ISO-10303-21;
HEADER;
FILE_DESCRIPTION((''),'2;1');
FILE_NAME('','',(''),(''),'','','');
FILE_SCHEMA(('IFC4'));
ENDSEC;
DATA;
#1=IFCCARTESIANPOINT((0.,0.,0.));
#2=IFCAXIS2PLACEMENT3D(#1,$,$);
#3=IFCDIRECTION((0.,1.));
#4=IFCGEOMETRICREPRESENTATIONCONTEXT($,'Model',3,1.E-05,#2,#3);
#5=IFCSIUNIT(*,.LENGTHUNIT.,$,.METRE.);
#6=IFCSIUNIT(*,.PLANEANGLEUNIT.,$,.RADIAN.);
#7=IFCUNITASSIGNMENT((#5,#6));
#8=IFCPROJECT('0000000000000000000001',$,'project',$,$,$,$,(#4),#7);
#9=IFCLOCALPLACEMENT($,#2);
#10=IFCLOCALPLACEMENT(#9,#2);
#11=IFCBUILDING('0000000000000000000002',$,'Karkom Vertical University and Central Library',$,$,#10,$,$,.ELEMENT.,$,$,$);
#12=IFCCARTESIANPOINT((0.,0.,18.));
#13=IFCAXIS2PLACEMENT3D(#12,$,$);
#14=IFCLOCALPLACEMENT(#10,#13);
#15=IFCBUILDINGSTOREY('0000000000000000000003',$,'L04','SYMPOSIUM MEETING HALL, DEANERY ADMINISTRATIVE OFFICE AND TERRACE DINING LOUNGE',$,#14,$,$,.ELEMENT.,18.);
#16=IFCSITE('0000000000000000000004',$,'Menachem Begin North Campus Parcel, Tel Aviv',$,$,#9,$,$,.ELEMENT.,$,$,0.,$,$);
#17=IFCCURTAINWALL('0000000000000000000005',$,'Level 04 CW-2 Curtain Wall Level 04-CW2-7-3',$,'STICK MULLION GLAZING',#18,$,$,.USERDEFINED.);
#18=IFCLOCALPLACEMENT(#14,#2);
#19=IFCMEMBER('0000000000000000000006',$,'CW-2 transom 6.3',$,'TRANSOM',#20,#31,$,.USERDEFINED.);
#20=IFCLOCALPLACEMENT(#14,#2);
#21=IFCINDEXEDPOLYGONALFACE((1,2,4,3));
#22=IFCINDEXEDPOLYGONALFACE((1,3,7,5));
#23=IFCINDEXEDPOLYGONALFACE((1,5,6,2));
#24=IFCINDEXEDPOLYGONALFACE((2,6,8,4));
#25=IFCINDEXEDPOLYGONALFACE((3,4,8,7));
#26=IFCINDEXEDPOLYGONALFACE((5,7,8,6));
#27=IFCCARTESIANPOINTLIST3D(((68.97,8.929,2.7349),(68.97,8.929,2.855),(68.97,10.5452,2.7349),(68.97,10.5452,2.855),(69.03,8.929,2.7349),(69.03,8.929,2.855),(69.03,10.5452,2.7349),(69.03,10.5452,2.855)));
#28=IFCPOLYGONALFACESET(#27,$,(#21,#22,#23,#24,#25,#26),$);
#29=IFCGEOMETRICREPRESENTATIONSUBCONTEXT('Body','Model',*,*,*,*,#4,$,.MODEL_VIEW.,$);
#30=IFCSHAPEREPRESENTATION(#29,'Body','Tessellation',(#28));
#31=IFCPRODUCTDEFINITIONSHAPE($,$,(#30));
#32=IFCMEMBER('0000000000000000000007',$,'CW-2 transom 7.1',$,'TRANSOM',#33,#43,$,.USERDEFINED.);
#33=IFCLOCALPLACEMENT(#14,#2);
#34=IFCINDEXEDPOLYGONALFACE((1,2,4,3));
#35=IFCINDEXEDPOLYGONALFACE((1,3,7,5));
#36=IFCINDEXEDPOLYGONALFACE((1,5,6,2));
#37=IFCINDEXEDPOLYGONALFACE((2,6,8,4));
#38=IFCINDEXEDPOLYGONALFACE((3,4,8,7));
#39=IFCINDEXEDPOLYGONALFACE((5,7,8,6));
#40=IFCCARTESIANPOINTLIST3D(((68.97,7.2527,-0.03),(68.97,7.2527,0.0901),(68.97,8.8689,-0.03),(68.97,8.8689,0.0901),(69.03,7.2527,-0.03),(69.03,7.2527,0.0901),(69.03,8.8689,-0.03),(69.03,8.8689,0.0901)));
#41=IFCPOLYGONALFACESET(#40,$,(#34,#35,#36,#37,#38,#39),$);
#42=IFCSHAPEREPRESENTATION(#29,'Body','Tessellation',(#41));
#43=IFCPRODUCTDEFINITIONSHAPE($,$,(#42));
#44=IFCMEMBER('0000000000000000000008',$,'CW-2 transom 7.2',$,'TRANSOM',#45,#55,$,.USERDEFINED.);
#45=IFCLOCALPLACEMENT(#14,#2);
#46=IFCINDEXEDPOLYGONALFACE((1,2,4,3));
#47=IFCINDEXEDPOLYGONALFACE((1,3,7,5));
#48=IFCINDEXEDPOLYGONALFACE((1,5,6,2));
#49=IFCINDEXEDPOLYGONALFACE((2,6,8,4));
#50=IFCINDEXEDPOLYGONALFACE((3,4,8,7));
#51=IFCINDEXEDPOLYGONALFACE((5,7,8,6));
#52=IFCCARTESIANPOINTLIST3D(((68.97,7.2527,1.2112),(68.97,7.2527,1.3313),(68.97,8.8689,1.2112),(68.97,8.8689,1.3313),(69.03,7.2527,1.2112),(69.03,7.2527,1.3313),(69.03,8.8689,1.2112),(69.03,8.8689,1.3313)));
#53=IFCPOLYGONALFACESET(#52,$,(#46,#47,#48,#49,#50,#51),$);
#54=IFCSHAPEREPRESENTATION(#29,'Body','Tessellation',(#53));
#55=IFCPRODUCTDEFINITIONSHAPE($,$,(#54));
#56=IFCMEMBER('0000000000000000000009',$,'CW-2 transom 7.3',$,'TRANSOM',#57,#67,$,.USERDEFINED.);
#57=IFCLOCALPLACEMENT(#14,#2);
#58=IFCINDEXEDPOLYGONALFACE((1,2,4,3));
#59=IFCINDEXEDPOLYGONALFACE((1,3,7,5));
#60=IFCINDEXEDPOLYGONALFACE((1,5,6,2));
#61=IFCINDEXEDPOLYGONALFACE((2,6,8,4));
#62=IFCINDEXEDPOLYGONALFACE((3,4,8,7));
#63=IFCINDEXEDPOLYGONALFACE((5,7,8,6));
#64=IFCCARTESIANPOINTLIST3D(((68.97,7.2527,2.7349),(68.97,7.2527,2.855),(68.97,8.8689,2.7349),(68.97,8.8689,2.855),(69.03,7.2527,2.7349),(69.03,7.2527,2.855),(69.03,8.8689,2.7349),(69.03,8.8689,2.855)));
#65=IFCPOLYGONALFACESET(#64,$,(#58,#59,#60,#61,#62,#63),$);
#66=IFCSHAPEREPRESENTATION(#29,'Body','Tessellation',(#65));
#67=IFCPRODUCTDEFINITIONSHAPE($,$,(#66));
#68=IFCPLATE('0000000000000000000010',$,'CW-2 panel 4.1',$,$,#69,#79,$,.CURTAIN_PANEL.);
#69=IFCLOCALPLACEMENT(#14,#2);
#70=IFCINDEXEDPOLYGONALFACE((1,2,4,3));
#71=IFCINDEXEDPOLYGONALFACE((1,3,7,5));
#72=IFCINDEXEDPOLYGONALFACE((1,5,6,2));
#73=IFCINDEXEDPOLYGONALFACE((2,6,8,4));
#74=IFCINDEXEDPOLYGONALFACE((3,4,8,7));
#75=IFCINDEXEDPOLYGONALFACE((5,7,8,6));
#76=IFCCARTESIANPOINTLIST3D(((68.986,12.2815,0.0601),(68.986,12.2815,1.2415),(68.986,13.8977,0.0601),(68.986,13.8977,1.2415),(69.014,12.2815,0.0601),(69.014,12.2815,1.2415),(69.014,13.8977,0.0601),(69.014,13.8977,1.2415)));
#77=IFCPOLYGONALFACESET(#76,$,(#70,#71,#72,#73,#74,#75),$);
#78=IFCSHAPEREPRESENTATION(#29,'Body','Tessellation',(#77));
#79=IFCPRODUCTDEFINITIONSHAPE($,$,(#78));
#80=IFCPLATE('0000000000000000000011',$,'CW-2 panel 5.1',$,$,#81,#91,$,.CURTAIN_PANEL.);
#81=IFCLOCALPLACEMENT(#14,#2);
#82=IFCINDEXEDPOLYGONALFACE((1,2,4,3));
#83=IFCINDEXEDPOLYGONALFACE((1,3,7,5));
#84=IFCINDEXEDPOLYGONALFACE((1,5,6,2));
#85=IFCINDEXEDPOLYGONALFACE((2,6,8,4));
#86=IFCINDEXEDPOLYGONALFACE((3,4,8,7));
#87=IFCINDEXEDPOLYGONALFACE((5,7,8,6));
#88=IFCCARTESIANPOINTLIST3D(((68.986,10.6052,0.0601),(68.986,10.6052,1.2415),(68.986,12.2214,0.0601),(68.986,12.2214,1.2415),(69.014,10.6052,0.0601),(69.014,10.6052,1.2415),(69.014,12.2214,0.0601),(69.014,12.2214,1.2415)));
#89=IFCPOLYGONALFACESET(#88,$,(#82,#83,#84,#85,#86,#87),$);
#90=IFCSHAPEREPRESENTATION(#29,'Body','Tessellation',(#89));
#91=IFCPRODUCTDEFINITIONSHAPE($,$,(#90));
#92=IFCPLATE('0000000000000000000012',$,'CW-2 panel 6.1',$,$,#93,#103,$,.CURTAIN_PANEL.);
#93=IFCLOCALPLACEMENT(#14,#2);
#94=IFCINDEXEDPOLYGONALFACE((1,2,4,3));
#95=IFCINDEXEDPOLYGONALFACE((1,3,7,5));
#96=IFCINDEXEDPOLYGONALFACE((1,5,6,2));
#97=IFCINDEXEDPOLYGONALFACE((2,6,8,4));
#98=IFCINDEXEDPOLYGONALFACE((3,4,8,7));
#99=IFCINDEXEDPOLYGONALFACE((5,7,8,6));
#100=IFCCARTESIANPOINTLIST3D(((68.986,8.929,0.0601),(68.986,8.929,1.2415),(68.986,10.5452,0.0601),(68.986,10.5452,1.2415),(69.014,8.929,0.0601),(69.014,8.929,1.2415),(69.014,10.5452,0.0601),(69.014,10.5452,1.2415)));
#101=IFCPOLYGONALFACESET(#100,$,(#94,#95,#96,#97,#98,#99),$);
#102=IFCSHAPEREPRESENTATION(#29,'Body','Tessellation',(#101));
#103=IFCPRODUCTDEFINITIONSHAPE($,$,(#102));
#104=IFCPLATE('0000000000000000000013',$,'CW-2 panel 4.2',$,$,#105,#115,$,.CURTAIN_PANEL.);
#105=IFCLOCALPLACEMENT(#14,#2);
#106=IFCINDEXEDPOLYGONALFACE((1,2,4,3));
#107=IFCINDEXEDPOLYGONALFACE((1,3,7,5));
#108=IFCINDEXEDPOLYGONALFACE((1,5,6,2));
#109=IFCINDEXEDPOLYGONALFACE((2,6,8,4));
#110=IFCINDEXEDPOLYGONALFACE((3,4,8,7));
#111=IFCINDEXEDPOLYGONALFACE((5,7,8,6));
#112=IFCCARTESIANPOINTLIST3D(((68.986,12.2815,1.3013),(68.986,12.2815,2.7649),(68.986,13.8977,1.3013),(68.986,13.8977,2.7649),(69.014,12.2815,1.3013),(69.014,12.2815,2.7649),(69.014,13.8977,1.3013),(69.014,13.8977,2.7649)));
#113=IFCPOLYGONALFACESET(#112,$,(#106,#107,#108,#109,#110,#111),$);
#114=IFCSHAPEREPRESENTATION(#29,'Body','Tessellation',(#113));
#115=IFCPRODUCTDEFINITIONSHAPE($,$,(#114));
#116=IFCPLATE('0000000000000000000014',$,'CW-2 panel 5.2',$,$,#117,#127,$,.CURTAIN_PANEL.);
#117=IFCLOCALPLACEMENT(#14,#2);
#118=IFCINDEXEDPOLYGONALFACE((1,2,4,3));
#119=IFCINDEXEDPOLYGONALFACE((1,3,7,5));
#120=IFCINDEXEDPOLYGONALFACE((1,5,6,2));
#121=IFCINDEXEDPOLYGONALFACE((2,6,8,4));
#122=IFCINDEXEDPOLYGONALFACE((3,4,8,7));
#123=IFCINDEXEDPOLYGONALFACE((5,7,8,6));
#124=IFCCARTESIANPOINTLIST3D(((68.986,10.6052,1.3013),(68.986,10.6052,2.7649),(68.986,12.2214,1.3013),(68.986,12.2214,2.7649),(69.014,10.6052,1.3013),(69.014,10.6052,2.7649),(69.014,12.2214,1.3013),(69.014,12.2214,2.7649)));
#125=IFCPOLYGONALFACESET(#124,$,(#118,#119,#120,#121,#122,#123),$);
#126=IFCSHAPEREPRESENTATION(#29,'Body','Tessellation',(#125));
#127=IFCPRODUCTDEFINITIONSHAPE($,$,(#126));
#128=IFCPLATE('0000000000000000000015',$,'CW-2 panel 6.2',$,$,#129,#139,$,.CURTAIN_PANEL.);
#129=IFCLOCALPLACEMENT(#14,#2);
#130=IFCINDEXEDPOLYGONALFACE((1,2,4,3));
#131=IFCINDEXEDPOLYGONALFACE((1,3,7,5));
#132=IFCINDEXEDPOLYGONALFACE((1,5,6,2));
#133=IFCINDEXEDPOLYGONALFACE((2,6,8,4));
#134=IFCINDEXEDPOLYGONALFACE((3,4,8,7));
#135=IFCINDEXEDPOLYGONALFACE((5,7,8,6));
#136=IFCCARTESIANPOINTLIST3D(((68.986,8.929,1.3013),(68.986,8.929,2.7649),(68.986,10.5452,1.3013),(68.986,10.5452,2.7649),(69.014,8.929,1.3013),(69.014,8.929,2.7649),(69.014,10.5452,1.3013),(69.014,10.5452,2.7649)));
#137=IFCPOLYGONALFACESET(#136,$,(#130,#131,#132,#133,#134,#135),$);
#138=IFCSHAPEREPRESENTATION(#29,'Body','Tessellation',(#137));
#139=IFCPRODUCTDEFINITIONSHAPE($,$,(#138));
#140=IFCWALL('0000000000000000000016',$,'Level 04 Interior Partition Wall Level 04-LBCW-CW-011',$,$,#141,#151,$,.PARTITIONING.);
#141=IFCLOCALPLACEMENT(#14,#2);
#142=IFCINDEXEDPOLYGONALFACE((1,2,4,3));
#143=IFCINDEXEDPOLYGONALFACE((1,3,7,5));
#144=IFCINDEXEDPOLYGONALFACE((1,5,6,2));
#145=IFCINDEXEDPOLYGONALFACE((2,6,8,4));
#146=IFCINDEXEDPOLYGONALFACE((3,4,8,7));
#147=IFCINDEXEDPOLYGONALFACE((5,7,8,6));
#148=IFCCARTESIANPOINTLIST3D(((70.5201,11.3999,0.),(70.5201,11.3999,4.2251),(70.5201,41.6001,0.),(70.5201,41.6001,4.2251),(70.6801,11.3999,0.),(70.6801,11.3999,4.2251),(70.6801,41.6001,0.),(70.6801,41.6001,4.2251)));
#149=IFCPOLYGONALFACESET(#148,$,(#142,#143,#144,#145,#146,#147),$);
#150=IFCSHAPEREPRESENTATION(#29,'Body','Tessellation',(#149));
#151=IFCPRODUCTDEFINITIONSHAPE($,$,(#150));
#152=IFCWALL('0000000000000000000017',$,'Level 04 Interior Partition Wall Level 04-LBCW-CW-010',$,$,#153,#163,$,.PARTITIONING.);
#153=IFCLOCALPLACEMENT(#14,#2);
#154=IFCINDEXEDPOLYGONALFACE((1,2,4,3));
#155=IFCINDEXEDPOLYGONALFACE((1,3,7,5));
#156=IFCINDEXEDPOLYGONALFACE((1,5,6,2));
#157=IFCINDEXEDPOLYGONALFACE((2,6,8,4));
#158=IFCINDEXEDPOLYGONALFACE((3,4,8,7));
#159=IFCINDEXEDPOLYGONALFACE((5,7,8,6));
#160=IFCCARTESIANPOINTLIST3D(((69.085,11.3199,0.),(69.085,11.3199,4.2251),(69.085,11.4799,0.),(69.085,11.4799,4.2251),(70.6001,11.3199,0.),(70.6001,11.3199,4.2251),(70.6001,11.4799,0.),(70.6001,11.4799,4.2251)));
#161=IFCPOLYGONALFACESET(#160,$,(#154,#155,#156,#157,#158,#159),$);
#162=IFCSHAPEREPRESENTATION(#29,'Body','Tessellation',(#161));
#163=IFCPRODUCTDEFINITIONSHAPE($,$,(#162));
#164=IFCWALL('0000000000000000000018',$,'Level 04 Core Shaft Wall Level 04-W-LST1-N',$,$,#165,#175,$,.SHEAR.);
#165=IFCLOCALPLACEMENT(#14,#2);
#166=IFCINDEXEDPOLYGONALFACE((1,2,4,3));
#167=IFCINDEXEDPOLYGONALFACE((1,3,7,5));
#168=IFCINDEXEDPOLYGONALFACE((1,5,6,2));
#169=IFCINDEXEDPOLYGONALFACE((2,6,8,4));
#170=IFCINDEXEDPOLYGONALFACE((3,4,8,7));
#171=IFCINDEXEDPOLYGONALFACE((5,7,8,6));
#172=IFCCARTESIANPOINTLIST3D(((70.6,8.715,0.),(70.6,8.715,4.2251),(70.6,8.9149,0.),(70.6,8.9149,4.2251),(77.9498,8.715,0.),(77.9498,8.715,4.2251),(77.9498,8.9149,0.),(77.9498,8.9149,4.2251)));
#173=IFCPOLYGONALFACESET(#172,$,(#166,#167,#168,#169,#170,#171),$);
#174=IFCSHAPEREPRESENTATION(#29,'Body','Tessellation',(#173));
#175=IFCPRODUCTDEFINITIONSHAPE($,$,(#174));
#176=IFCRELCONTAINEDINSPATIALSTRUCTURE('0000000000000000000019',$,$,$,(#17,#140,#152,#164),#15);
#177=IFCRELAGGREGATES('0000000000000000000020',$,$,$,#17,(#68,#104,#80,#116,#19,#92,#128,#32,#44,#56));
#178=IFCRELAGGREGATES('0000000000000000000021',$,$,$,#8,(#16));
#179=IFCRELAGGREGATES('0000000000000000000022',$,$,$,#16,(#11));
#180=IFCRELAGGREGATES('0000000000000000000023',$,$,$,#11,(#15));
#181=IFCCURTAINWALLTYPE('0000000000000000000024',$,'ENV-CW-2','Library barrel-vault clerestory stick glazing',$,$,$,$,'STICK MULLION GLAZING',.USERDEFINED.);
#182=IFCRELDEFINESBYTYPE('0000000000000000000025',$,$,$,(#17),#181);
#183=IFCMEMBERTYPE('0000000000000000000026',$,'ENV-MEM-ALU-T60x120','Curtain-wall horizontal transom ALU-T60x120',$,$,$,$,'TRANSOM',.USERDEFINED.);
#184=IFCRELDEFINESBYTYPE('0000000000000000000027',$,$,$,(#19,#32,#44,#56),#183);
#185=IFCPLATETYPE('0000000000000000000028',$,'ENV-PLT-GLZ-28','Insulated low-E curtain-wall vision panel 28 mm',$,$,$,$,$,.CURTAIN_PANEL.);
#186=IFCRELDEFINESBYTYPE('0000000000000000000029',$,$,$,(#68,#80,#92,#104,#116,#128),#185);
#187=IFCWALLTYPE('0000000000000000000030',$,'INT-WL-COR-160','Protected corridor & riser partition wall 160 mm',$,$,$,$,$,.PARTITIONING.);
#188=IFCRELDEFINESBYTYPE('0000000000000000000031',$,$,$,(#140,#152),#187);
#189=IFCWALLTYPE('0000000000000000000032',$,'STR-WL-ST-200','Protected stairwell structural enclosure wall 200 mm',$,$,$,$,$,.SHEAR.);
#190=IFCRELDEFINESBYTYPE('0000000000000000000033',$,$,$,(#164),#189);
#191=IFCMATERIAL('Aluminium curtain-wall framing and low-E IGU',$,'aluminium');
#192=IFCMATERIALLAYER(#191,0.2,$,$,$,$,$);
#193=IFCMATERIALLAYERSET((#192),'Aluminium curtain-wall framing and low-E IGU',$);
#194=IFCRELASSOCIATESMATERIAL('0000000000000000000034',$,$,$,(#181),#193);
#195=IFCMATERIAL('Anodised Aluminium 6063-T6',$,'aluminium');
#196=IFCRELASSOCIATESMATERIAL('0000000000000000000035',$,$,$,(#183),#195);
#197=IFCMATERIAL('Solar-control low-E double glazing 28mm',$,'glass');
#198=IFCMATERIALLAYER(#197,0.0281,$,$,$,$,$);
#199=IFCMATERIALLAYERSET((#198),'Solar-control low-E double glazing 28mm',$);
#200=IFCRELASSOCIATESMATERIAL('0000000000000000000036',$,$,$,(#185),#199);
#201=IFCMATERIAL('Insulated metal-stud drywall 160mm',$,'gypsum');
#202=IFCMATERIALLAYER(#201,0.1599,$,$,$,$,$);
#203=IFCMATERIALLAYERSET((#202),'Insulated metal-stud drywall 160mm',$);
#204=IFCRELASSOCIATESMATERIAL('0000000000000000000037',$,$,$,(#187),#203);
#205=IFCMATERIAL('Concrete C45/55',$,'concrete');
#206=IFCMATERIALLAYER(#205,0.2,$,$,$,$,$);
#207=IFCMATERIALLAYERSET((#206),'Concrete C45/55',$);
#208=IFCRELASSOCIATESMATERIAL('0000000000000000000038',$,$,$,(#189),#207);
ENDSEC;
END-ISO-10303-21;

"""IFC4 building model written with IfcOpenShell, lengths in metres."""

from ifc_helpers import new_model, si_unit, direction, frame, frame_2d, origin, origin_with_axes, origin_2d, place, context, subcontext, project, spatial, rectangle, extrude, source, transform, mapped, material, layer, layer_set, material_profile, profile_set, type_object, element, aggregate, save


model = new_model("IFC4")

# Units and contexts
model_context = context("Model", 3, precision=1e-05, world=origin(), true_north=direction((0.0, 1.0)))
body_context = subcontext(model_context, "Body", "Model", "MODEL_VIEW")
ifc_project = project(units=[si_unit("LENGTHUNIT", "METRE"), si_unit("PLANEANGLEUNIT", "RADIAN")], contexts=[model_context])

# Site, building, storey
site_placement = place(None, origin())
site = spatial("IfcSite", under=ifc_project, at=site_placement, Name="Menachem Begin North Campus Parcel, Tel Aviv", CompositionType="ELEMENT", RefElevation=0.0)
building_placement = place(site_placement, origin())
building = spatial("IfcBuilding", under=site, at=building_placement, Name="Karkom Vertical University and Central Library", CompositionType="ELEMENT")
storey_placement = place(building_placement, frame((0.0, 0.0, 18.0)))
storey = spatial("IfcBuildingStorey", under=building, at=storey_placement, Name="L04", Description="SYMPOSIUM MEETING HALL, DEANERY ADMINISTRATIVE OFFICE AND TERRACE DINING LOUNGE", CompositionType="ELEMENT", Elevation=18.0)

# Curtain wall, members, plates
ifc_material_1 = material(Name="Aluminium curtain-wall framing and low-E IGU", Category="aluminium")
ifc_layer_1 = layer(ifc_material_1, 0.2)
ifc_layer_set_1 = layer_set([ifc_layer_1], Name="Aluminium curtain-wall framing and low-E IGU")
curtain_wall_type = type_object("IfcCurtainWallType", Name="ENV-CW-2", Description="Library barrel-vault clerestory stick glazing", ElementType="STICK MULLION GLAZING", PredefinedType="USERDEFINED", material=ifc_layer_set_1)
curtain_wall_placement = place(storey_placement, origin())
curtain_wall = element("IfcCurtainWall", 1, at=curtain_wall_placement, inside=storey, type_object=curtain_wall_type, Name="Level 04 CW-2 Curtain Wall Level 04-CW2-7-3", ObjectType="STICK MULLION GLAZING", PredefinedType="USERDEFINED")
ifc_material_2 = material(Name="Anodised Aluminium 6063-T6", Category="aluminium")
ifc_material_profile_1 = material_profile(ifc_material_2, rectangle(XDim=0.0601, YDim=0.1201, at=origin_2d()), Name="ALU-T60x120")
ifc_profile_set_1 = profile_set([ifc_material_profile_1], Name="Anodised Aluminium 6063-T6")
member_type_1 = type_object("IfcMemberType", Name="ENV-MEM-ALU-T60x120", Description="Curtain-wall horizontal transom ALU-T60x120", ElementType="TRANSOM", PredefinedType="USERDEFINED", material=ifc_profile_set_1)
shared_shape_1 = source(origin_with_axes(), body_context, "Body", "SweptSolid", [
    extrude(rectangle(XDim=0.0601, YDim=0.1201, at=origin_2d()), origin(), (0.0, 0.0, 1.0), 1.6162),
])
member_1_placement = place(storey_placement, frame((69.0, 10.5452, 2.7949), z_axis=(0.0, -1.0, 0.0), x_axis=(1.0, 0.0, 0.0)))
member_1 = element("IfcMember", 2, at=member_1_placement, type_object=member_type_1, Name="CW-2 transom 6.3", ObjectType="TRANSOM", PredefinedType="USERDEFINED", context=body_context, shape_type="MappedRepresentation", body=[
    mapped(shared_shape_1, transform((0.0, 0.0, 0.0), scale=1.0)),
])
member_2_placement = place(storey_placement, frame((69.0, 8.8689, 0.03), z_axis=(0.0, -1.0, 0.0), x_axis=(1.0, 0.0, 0.0)))
member_2 = element("IfcMember", 3, at=member_2_placement, type_object=member_type_1, Name="CW-2 transom 7.1", ObjectType="TRANSOM", PredefinedType="USERDEFINED", context=body_context, shape_type="MappedRepresentation", body=[
    mapped(shared_shape_1, transform((0.0, 0.0, 0.0), scale=1.0)),
])
member_3_placement = place(storey_placement, frame((69.0, 8.8689, 1.2712), z_axis=(0.0, -1.0, 0.0), x_axis=(1.0, 0.0, 0.0)))
member_3 = element("IfcMember", 4, at=member_3_placement, type_object=member_type_1, Name="CW-2 transom 7.2", ObjectType="TRANSOM", PredefinedType="USERDEFINED", context=body_context, shape_type="MappedRepresentation", body=[
    mapped(shared_shape_1, transform((0.0, 0.0, 0.0), scale=1.0)),
])
member_4_placement = place(storey_placement, frame((69.0, 8.8689, 2.7949), z_axis=(0.0, -1.0, 0.0), x_axis=(1.0, 0.0, 0.0)))
member_4 = element("IfcMember", 5, at=member_4_placement, type_object=member_type_1, Name="CW-2 transom 7.3", ObjectType="TRANSOM", PredefinedType="USERDEFINED", context=body_context, shape_type="MappedRepresentation", body=[
    mapped(shared_shape_1, transform((0.0, 0.0, 0.0), scale=1.0)),
])
ifc_material_3 = material(Name="Solar-control low-E double glazing 28mm", Category="glass")
ifc_layer_2 = layer(ifc_material_3, 0.0281)
ifc_layer_set_2 = layer_set([ifc_layer_2], Name="Solar-control low-E double glazing 28mm")
plate_type = type_object("IfcPlateType", Name="ENV-PLT-GLZ-28", Description="Insulated low-E curtain-wall vision panel 28 mm", PredefinedType="CURTAIN_PANEL", material=ifc_layer_set_2)
shared_shape_2 = source(origin_with_axes(), body_context, "Body", "SweptSolid", [
    extrude(rectangle(XDim=1.6162, YDim=0.0281, at=origin_2d()), origin(), (0.0, 0.0, 1.0), 1.1814),
])
plate_1_placement = place(storey_placement, frame((69.0, 13.0896, 0.0601), z_axis=(0.0, 0.0, 1.0), x_axis=(0.0, -1.0, 0.0)))
plate_1 = element("IfcPlate", 6, at=plate_1_placement, type_object=plate_type, Name="CW-2 panel 4.1", PredefinedType="CURTAIN_PANEL", context=body_context, shape_type="MappedRepresentation", body=[
    mapped(shared_shape_2, transform((0.0, 0.0, 0.0), scale=1.0)),
])
plate_2_placement = place(storey_placement, frame((69.0, 11.4133, 0.0601), z_axis=(0.0, 0.0, 1.0), x_axis=(0.0, -1.0, 0.0)))
plate_2 = element("IfcPlate", 7, at=plate_2_placement, type_object=plate_type, Name="CW-2 panel 5.1", PredefinedType="CURTAIN_PANEL", context=body_context, shape_type="MappedRepresentation", body=[
    mapped(shared_shape_2, transform((0.0, 0.0, 0.0), scale=1.0)),
])
plate_3_placement = place(storey_placement, frame((69.0, 9.7371, 0.0601), z_axis=(0.0, 0.0, 1.0), x_axis=(0.0, -1.0, 0.0)))
plate_3 = element("IfcPlate", 8, at=plate_3_placement, type_object=plate_type, Name="CW-2 panel 6.1", PredefinedType="CURTAIN_PANEL", context=body_context, shape_type="MappedRepresentation", body=[
    mapped(shared_shape_2, transform((0.0, 0.0, 0.0), scale=1.0)),
])
shared_shape_3 = source(origin_with_axes(), body_context, "Body", "SweptSolid", [
    extrude(rectangle(XDim=1.6162, YDim=0.0281, at=origin_2d()), origin(), (0.0, 0.0, 1.0), 1.4636),
])
plate_4_placement = place(storey_placement, frame((69.0, 13.0896, 1.3013), z_axis=(0.0, 0.0, 1.0), x_axis=(0.0, -1.0, 0.0)))
plate_4 = element("IfcPlate", 9, at=plate_4_placement, type_object=plate_type, Name="CW-2 panel 4.2", PredefinedType="CURTAIN_PANEL", context=body_context, shape_type="MappedRepresentation", body=[
    mapped(shared_shape_3, transform((0.0, 0.0, 0.0), scale=1.0)),
])
plate_5_placement = place(storey_placement, frame((69.0, 11.4133, 1.3013), z_axis=(0.0, 0.0, 1.0), x_axis=(0.0, -1.0, 0.0)))
plate_5 = element("IfcPlate", 10, at=plate_5_placement, type_object=plate_type, Name="CW-2 panel 5.2", PredefinedType="CURTAIN_PANEL", context=body_context, shape_type="MappedRepresentation", body=[
    mapped(shared_shape_3, transform((0.0, 0.0, 0.0), scale=1.0)),
])
plate_6_placement = place(storey_placement, frame((69.0, 9.7371, 1.3013), z_axis=(0.0, 0.0, 1.0), x_axis=(0.0, -1.0, 0.0)))
plate_6 = element("IfcPlate", 11, at=plate_6_placement, type_object=plate_type, Name="CW-2 panel 6.2", PredefinedType="CURTAIN_PANEL", context=body_context, shape_type="MappedRepresentation", body=[
    mapped(shared_shape_3, transform((0.0, 0.0, 0.0), scale=1.0)),
])
aggregate(curtain_wall, [plate_1, plate_4, plate_2, plate_5, member_1, plate_3, plate_6, member_2, member_3, member_4])

# Walls
ifc_material_4 = material(Name="Insulated metal-stud drywall 160mm", Category="gypsum")
ifc_layer_3 = layer(ifc_material_4, 0.1599)
ifc_layer_set_3 = layer_set([ifc_layer_3], Name="Insulated metal-stud drywall 160mm")
wall_type_1 = type_object("IfcWallType", Name="INT-WL-COR-160", Description="Protected corridor & riser partition wall 160 mm", PredefinedType="PARTITIONING", material=ifc_layer_set_3)
wall_1_placement = place(storey_placement, frame((70.6001, 11.3999, 0.0), z_axis=(0.0, 0.0, 1.0), x_axis=(0.0, 1.0, 0.0)))
element("IfcWall", 12, at=wall_1_placement, inside=storey, type_object=wall_type_1, Name="Level 04 Interior Partition Wall Level 04-LBCW-CW-011", PredefinedType="PARTITIONING", context=body_context, shape_type="SweptSolid", body=[
    extrude(rectangle(XDim=30.2002, YDim=0.1599, at=frame_2d((15.1001, 0.0))), origin(), (0.0, 0.0, 1.0), 4.2251),
])
wall_2_placement = place(storey_placement, frame((69.085, 11.3999, 0.0), z_axis=(0.0, 0.0, 1.0), x_axis=(1.0, 0.0, 0.0)))
element("IfcWall", 13, at=wall_2_placement, inside=storey, type_object=wall_type_1, Name="Level 04 Interior Partition Wall Level 04-LBCW-CW-010", PredefinedType="PARTITIONING", context=body_context, shape_type="SweptSolid", body=[
    extrude(rectangle(XDim=1.5151, YDim=0.1599, at=frame_2d((0.7576, 0.0))), origin(), (0.0, 0.0, 1.0), 4.2251),
])
ifc_material_5 = material(Name="Concrete C45/55", Category="concrete")
ifc_layer_4 = layer(ifc_material_5, 0.2)
ifc_layer_set_4 = layer_set([ifc_layer_4], Name="Concrete C45/55")
wall_type_2 = type_object("IfcWallType", Name="STR-WL-ST-200", Description="Protected stairwell structural enclosure wall 200 mm", PredefinedType="SHEAR", material=ifc_layer_set_4)
wall_3_placement = place(storey_placement, frame((70.6001, 8.8149, 0.0), z_axis=(0.0, 0.0, 1.0), x_axis=(1.0, 0.0, 0.0)))
element("IfcWall", 14, at=wall_3_placement, inside=storey, type_object=wall_type_2, Name="Level 04 Core Shaft Wall Level 04-W-LST1-N", PredefinedType="SHEAR", context=body_context, shape_type="SweptSolid", body=[
    extrude(rectangle(XDim=7.3499, YDim=0.2, at=frame_2d((3.6748, 0.0))), origin(), (0.0, 0.0, 1.0), 4.2251),
])

save(model, "model.ifc")
